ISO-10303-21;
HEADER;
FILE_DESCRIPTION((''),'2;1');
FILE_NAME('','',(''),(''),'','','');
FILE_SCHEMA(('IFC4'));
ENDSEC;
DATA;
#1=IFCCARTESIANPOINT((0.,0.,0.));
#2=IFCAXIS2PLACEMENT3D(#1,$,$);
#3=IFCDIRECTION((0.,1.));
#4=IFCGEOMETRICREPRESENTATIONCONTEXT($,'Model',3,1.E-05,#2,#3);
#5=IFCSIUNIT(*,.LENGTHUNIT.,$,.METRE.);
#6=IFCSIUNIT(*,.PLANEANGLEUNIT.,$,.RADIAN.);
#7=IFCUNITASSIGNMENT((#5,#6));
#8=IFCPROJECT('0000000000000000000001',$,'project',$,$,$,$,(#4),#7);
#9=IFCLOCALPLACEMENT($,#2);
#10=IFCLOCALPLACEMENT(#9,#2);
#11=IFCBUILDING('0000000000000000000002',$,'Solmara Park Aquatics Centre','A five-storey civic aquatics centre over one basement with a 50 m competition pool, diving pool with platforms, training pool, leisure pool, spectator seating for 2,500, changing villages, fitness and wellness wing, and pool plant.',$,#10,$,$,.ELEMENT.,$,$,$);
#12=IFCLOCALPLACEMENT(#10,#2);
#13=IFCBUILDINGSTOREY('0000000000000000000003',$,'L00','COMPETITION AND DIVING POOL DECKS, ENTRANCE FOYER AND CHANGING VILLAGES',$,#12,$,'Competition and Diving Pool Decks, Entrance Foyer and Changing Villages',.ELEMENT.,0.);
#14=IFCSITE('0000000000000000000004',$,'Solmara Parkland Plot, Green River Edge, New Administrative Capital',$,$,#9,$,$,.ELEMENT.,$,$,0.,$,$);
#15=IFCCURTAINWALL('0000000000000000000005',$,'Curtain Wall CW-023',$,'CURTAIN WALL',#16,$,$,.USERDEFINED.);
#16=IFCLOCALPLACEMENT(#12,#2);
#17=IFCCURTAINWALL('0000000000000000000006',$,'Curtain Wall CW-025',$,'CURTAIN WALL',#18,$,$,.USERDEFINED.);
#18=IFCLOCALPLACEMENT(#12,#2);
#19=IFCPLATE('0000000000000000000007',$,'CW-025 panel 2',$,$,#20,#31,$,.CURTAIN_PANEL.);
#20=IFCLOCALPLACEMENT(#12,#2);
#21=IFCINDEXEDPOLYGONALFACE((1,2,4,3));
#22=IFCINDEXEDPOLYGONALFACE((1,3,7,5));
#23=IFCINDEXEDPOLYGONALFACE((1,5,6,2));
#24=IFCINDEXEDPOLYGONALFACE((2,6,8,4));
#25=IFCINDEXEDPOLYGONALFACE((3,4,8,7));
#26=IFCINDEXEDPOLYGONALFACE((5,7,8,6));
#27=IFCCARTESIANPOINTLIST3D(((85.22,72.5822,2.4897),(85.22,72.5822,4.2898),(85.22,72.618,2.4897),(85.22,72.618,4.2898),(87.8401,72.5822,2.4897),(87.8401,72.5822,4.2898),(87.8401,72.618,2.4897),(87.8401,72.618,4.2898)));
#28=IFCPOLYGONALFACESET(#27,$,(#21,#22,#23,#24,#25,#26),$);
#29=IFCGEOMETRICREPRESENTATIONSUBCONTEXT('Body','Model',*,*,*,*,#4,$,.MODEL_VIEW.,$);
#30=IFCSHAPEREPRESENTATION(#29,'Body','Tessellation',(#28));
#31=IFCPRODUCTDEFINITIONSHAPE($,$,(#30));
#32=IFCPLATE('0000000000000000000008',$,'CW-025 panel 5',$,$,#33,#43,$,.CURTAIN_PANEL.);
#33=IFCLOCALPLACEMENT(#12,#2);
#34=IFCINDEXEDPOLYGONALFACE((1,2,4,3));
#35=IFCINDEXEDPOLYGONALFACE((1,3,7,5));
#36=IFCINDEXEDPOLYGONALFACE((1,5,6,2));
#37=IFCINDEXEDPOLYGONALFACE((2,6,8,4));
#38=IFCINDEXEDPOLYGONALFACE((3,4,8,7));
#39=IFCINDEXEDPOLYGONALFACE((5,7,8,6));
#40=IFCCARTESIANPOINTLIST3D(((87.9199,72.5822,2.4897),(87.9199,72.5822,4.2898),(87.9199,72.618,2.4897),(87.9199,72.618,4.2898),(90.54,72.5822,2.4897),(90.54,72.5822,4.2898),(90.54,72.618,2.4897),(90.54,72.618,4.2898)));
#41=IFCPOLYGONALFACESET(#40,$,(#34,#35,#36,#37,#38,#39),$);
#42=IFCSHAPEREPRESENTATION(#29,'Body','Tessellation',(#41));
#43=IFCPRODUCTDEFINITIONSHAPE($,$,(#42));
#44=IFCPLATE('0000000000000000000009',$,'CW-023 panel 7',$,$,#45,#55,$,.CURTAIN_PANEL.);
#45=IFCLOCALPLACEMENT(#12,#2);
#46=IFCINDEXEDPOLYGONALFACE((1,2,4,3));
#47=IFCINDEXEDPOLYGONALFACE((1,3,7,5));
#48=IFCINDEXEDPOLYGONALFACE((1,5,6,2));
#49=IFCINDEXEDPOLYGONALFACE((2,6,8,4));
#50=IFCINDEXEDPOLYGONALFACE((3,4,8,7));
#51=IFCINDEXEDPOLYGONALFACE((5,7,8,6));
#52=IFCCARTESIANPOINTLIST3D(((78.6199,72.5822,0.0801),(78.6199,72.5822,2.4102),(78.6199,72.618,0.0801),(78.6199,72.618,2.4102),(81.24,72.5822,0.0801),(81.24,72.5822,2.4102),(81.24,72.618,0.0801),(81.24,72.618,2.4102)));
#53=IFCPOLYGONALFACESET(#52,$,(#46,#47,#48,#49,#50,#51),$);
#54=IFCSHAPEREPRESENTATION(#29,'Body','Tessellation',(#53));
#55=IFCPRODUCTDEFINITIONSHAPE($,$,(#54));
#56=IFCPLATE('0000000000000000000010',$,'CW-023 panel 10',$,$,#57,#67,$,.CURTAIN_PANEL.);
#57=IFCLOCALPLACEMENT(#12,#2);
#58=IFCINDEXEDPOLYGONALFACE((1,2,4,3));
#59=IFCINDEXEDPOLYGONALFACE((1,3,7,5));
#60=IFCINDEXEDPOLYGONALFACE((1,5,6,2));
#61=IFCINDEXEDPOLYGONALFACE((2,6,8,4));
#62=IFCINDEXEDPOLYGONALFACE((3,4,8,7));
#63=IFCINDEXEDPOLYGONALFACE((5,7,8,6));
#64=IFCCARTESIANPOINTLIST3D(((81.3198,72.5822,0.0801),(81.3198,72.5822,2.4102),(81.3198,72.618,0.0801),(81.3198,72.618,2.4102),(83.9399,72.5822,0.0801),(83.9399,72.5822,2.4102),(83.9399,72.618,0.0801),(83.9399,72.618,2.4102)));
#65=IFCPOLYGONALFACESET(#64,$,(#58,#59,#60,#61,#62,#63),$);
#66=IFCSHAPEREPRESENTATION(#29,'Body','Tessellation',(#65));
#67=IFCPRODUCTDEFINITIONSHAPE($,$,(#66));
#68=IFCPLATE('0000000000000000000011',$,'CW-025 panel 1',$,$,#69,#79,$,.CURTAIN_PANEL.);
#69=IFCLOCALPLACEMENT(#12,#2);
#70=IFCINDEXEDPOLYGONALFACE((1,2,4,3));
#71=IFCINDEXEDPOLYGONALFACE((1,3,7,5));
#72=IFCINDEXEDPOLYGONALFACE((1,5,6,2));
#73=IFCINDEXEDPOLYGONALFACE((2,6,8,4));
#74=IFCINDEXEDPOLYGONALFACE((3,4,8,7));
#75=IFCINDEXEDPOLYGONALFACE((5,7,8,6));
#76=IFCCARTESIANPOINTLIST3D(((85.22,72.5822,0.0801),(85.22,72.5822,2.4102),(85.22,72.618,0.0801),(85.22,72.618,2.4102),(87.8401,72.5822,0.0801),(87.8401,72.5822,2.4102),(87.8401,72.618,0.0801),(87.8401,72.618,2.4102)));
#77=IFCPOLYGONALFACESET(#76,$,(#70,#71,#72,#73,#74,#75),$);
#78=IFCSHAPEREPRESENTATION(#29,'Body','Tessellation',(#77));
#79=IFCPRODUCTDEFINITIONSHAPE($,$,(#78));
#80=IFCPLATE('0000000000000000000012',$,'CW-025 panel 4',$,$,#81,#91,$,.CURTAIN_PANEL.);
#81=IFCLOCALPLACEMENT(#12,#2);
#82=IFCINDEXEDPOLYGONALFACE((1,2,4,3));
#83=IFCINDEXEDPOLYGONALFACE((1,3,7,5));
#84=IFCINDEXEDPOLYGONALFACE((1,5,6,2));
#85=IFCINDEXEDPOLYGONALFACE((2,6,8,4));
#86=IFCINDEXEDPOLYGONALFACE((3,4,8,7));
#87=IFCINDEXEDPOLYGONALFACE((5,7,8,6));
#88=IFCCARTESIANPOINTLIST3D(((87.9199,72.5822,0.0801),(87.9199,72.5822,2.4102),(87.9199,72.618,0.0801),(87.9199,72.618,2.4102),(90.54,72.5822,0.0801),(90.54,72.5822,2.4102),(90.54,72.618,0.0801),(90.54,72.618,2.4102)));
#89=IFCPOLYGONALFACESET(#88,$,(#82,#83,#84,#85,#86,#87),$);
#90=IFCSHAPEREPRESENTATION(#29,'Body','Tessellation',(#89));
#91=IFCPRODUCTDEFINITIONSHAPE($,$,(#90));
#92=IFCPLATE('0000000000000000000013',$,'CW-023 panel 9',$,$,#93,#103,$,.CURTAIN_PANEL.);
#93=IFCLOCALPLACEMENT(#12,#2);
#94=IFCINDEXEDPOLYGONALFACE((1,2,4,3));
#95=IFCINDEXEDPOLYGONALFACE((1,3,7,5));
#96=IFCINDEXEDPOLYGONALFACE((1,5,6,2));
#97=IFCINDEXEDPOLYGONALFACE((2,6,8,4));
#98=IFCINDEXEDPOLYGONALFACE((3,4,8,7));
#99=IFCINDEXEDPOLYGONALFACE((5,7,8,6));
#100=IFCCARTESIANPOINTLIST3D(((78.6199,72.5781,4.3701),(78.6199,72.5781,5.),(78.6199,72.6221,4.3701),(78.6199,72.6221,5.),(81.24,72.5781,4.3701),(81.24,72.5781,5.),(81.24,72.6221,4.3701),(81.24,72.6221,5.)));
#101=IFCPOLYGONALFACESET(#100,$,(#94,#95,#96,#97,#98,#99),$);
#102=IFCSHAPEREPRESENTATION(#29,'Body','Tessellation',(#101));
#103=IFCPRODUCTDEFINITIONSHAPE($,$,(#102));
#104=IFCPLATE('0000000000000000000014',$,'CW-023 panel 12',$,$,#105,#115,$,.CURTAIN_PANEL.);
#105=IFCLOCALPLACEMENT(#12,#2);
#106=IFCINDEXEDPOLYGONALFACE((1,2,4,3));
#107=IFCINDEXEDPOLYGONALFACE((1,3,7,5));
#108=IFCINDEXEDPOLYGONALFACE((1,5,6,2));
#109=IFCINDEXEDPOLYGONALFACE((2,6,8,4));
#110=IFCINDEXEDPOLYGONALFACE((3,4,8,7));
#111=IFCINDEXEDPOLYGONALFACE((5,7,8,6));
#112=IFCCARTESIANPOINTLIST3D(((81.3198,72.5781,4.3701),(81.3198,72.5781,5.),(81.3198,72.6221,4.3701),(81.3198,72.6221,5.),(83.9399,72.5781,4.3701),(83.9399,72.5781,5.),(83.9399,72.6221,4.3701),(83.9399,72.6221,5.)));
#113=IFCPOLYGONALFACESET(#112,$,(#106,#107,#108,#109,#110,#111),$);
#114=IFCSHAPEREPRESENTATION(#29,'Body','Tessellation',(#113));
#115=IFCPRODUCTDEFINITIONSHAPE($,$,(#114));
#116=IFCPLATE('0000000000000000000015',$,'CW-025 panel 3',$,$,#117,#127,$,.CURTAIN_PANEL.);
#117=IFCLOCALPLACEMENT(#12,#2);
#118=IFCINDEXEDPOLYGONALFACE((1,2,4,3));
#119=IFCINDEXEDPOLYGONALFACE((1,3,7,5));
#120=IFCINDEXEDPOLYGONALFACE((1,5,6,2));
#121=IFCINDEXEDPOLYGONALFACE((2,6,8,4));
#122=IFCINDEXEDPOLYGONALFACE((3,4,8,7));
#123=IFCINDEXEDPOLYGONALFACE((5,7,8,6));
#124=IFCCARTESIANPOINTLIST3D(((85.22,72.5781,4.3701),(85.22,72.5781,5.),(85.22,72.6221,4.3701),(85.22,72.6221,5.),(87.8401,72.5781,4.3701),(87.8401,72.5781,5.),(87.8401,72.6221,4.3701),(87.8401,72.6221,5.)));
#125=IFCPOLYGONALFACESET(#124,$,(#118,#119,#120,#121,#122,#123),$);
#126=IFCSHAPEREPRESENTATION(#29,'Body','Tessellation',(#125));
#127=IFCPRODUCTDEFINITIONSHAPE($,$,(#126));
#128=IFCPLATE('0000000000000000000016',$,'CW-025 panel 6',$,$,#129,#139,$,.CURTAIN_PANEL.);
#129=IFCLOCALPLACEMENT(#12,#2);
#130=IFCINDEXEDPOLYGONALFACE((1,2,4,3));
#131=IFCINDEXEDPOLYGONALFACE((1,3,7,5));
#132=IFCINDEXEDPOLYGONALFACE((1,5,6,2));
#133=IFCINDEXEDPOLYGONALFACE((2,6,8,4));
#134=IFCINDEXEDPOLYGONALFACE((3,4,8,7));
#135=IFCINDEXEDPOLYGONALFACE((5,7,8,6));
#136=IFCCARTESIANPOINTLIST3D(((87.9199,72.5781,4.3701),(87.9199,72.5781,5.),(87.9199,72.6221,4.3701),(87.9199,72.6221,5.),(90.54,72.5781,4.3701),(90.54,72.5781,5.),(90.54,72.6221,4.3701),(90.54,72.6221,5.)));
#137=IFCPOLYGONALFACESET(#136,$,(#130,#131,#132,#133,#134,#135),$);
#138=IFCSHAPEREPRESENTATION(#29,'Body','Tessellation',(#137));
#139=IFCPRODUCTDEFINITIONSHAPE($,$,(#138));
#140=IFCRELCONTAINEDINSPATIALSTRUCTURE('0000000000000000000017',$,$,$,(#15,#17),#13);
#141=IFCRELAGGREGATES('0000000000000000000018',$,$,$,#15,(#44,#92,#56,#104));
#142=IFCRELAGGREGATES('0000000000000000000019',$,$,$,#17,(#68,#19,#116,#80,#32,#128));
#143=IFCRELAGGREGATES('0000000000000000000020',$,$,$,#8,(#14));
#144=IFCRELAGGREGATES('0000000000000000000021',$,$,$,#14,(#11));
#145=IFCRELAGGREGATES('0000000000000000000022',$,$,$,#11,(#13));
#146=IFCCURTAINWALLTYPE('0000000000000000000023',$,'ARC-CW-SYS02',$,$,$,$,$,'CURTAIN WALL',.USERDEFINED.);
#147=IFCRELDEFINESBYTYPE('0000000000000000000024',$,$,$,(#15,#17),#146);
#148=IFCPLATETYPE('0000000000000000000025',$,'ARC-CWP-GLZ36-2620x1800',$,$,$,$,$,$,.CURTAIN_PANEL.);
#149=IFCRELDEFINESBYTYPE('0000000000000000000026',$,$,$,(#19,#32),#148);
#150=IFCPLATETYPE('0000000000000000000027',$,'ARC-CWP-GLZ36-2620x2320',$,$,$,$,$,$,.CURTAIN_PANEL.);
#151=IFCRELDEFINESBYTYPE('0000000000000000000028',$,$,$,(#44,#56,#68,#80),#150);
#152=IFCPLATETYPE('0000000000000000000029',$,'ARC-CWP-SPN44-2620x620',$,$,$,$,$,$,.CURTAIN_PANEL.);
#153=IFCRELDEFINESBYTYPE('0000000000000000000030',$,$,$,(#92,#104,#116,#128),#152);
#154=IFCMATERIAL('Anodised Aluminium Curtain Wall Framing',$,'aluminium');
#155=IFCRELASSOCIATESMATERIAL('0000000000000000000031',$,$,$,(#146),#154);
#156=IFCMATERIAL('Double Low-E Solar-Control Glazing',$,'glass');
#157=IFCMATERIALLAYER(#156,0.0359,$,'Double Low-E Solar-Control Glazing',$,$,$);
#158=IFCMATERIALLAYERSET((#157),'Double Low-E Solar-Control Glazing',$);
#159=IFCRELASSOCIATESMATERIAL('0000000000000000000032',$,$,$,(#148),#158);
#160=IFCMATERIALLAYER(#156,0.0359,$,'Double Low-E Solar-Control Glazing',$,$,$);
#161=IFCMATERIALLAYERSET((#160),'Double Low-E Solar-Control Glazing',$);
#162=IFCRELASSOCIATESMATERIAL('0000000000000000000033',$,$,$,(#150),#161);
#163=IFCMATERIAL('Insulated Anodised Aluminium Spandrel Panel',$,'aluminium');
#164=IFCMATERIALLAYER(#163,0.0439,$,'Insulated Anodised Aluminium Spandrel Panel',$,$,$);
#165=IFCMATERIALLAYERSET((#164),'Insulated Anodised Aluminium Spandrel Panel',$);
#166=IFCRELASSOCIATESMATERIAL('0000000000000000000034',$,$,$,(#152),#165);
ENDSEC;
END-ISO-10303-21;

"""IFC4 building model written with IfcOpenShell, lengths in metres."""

from ifc_helpers import new_model, si_unit, direction, frame, origin, origin_2d, place, context, subcontext, project, spatial, rectangle, extrude, material, layer, layer_set, type_object, element, aggregate, save


model = new_model("IFC4")

# Units and contexts
model_context = context("Model", 3, precision=1e-05, world=origin(), true_north=direction((0.0, 1.0)))
body_context = subcontext(model_context, "Body", "Model", "MODEL_VIEW")
ifc_project = project(units=[si_unit("LENGTHUNIT", "METRE"), si_unit("PLANEANGLEUNIT", "RADIAN")], contexts=[model_context])

# Site, building, storey
site_placement = place(None, origin())
site = spatial("IfcSite", under=ifc_project, at=site_placement, Name="Solmara Parkland Plot, Green River Edge, New Administrative Capital", CompositionType="ELEMENT", RefElevation=0.0)
building_placement = place(site_placement, origin())
building = spatial("IfcBuilding", under=site, at=building_placement, Name="Solmara Park Aquatics Centre", Description="A five-storey civic aquatics centre over one basement with a 50 m competition pool, diving pool with platforms, training pool, leisure pool, spectator seating for 2,500, changing villages, fitness and wellness wing, and pool plant.", CompositionType="ELEMENT")
storey_placement = place(building_placement, origin())
storey = spatial("IfcBuildingStorey", under=building, at=storey_placement, Name="L00", Description="COMPETITION AND DIVING POOL DECKS, ENTRANCE FOYER AND CHANGING VILLAGES", LongName="Competition and Diving Pool Decks, Entrance Foyer and Changing Villages", CompositionType="ELEMENT", Elevation=0.0)

# Curtain walls
ifc_material_1 = material(Name="Anodised Aluminium Curtain Wall Framing", Category="aluminium")
curtain_wall_type = type_object("IfcCurtainWallType", Name="ARC-CW-SYS02", ElementType="CURTAIN WALL", PredefinedType="USERDEFINED", material=ifc_material_1)
curtain_wall_1_placement = place(storey_placement, origin())
curtain_wall_1 = element("IfcCurtainWall", 1, at=curtain_wall_1_placement, inside=storey, type_object=curtain_wall_type, Name="Curtain Wall CW-023", ObjectType="CURTAIN WALL", PredefinedType="USERDEFINED")
curtain_wall_2_placement = place(storey_placement, origin())
curtain_wall_2 = element("IfcCurtainWall", 2, at=curtain_wall_2_placement, inside=storey, type_object=curtain_wall_type, Name="Curtain Wall CW-025", ObjectType="CURTAIN WALL", PredefinedType="USERDEFINED")

# Plates
ifc_material_2 = material(Name="Double Low-E Solar-Control Glazing", Category="glass")
ifc_layer_1 = layer(ifc_material_2, 0.0359, Name="Double Low-E Solar-Control Glazing")
ifc_layer_set_1 = layer_set([ifc_layer_1], Name="Double Low-E Solar-Control Glazing")
plate_type_1 = type_object("IfcPlateType", Name="ARC-CWP-GLZ36-2620x1800", PredefinedType="CURTAIN_PANEL", material=ifc_layer_set_1)
plate_1_placement = place(storey_placement, frame((86.53, 72.6001, 2.4897), z_axis=(0.0, 0.0, 1.0), x_axis=(1.0, 0.0, 0.0)))
plate_1 = element("IfcPlate", 3, at=plate_1_placement, type_object=plate_type_1, Name="CW-025 panel 2", PredefinedType="CURTAIN_PANEL", context=body_context, shape_type="SweptSolid", body=[
    extrude(rectangle(XDim=2.6201, YDim=0.0359, at=origin_2d()), origin(), (0.0, 0.0, 1.0), 1.8),
])
plate_2_placement = place(storey_placement, frame((89.23, 72.6001, 2.4897), z_axis=(0.0, 0.0, 1.0), x_axis=(1.0, 0.0, 0.0)))
plate_2 = element("IfcPlate", 4, at=plate_2_placement, type_object=plate_type_1, Name="CW-025 panel 5", PredefinedType="CURTAIN_PANEL", context=body_context, shape_type="SweptSolid", body=[
    extrude(rectangle(XDim=2.6201, YDim=0.0359, at=origin_2d()), origin(), (0.0, 0.0, 1.0), 1.8),
])
ifc_layer_2 = layer(ifc_material_2, 0.0359, Name="Double Low-E Solar-Control Glazing")
ifc_layer_set_2 = layer_set([ifc_layer_2], Name="Double Low-E Solar-Control Glazing")
plate_type_2 = type_object("IfcPlateType", Name="ARC-CWP-GLZ36-2620x2320", PredefinedType="CURTAIN_PANEL", material=ifc_layer_set_2)
plate_3_placement = place(storey_placement, frame((79.9299, 72.6001, 0.0801), z_axis=(0.0, 0.0, 1.0), x_axis=(1.0, 0.0, 0.0)))
plate_3 = element("IfcPlate", 5, at=plate_3_placement, type_object=plate_type_2, Name="CW-023 panel 7", PredefinedType="CURTAIN_PANEL", context=body_context, shape_type="SweptSolid", body=[
    extrude(rectangle(XDim=2.6201, YDim=0.0359, at=origin_2d()), origin(), (0.0, 0.0, 1.0), 2.3301),
])
plate_4_placement = place(storey_placement, frame((82.6299, 72.6001, 0.0801), z_axis=(0.0, 0.0, 1.0), x_axis=(1.0, 0.0, 0.0)))
plate_4 = element("IfcPlate", 6, at=plate_4_placement, type_object=plate_type_2, Name="CW-023 panel 10", PredefinedType="CURTAIN_PANEL", context=body_context, shape_type="SweptSolid", body=[
    extrude(rectangle(XDim=2.6201, YDim=0.0359, at=origin_2d()), origin(), (0.0, 0.0, 1.0), 2.3301),
])
plate_5_placement = place(storey_placement, frame((86.53, 72.6001, 0.0801), z_axis=(0.0, 0.0, 1.0), x_axis=(1.0, 0.0, 0.0)))
plate_5 = element("IfcPlate", 7, at=plate_5_placement, type_object=plate_type_2, Name="CW-025 panel 1", PredefinedType="CURTAIN_PANEL", context=body_context, shape_type="SweptSolid", body=[
    extrude(rectangle(XDim=2.6201, YDim=0.0359, at=origin_2d()), origin(), (0.0, 0.0, 1.0), 2.3301),
])
plate_6_placement = place(storey_placement, frame((89.23, 72.6001, 0.0801), z_axis=(0.0, 0.0, 1.0), x_axis=(1.0, 0.0, 0.0)))
plate_6 = element("IfcPlate", 8, at=plate_6_placement, type_object=plate_type_2, Name="CW-025 panel 4", PredefinedType="CURTAIN_PANEL", context=body_context, shape_type="SweptSolid", body=[
    extrude(rectangle(XDim=2.6201, YDim=0.0359, at=origin_2d()), origin(), (0.0, 0.0, 1.0), 2.3301),
])
ifc_material_3 = material(Name="Insulated Anodised Aluminium Spandrel Panel", Category="aluminium")
ifc_layer_3 = layer(ifc_material_3, 0.0439, Name="Insulated Anodised Aluminium Spandrel Panel")
ifc_layer_set_3 = layer_set([ifc_layer_3], Name="Insulated Anodised Aluminium Spandrel Panel")
plate_type_3 = type_object("IfcPlateType", Name="ARC-CWP-SPN44-2620x620", PredefinedType="CURTAIN_PANEL", material=ifc_layer_set_3)
plate_7_placement = place(storey_placement, frame((79.9299, 72.6001, 4.3701), z_axis=(0.0, 0.0, 1.0), x_axis=(1.0, 0.0, 0.0)))
plate_7 = element("IfcPlate", 9, at=plate_7_placement, type_object=plate_type_3, Name="CW-023 panel 9", PredefinedType="CURTAIN_PANEL", context=body_context, shape_type="SweptSolid", body=[
    extrude(rectangle(XDim=2.6201, YDim=0.0439, at=origin_2d()), origin(), (0.0, 0.0, 1.0), 0.6299),
])
plate_8_placement = place(storey_placement, frame((82.6299, 72.6001, 4.3701), z_axis=(0.0, 0.0, 1.0), x_axis=(1.0, 0.0, 0.0)))
plate_8 = element("IfcPlate", 10, at=plate_8_placement, type_object=plate_type_3, Name="CW-023 panel 12", PredefinedType="CURTAIN_PANEL", context=body_context, shape_type="SweptSolid", body=[
    extrude(rectangle(XDim=2.6201, YDim=0.0439, at=origin_2d()), origin(), (0.0, 0.0, 1.0), 0.6299),
])
aggregate(curtain_wall_1, [plate_3, plate_7, plate_4, plate_8])
plate_9_placement = place(storey_placement, frame((86.53, 72.6001, 4.3701), z_axis=(0.0, 0.0, 1.0), x_axis=(1.0, 0.0, 0.0)))
plate_9 = element("IfcPlate", 11, at=plate_9_placement, type_object=plate_type_3, Name="CW-025 panel 3", PredefinedType="CURTAIN_PANEL", context=body_context, shape_type="SweptSolid", body=[
    extrude(rectangle(XDim=2.6201, YDim=0.0439, at=origin_2d()), origin(), (0.0, 0.0, 1.0), 0.6299),
])
plate_10_placement = place(storey_placement, frame((89.23, 72.6001, 4.3701), z_axis=(0.0, 0.0, 1.0), x_axis=(1.0, 0.0, 0.0)))
plate_10 = element("IfcPlate", 12, at=plate_10_placement, type_object=plate_type_3, Name="CW-025 panel 6", PredefinedType="CURTAIN_PANEL", context=body_context, shape_type="SweptSolid", body=[
    extrude(rectangle(XDim=2.6201, YDim=0.0439, at=origin_2d()), origin(), (0.0, 0.0, 1.0), 0.6299),
])
aggregate(curtain_wall_2, [plate_5, plate_1, plate_9, plate_6, plate_2, plate_10])

save(model, "model.ifc")
